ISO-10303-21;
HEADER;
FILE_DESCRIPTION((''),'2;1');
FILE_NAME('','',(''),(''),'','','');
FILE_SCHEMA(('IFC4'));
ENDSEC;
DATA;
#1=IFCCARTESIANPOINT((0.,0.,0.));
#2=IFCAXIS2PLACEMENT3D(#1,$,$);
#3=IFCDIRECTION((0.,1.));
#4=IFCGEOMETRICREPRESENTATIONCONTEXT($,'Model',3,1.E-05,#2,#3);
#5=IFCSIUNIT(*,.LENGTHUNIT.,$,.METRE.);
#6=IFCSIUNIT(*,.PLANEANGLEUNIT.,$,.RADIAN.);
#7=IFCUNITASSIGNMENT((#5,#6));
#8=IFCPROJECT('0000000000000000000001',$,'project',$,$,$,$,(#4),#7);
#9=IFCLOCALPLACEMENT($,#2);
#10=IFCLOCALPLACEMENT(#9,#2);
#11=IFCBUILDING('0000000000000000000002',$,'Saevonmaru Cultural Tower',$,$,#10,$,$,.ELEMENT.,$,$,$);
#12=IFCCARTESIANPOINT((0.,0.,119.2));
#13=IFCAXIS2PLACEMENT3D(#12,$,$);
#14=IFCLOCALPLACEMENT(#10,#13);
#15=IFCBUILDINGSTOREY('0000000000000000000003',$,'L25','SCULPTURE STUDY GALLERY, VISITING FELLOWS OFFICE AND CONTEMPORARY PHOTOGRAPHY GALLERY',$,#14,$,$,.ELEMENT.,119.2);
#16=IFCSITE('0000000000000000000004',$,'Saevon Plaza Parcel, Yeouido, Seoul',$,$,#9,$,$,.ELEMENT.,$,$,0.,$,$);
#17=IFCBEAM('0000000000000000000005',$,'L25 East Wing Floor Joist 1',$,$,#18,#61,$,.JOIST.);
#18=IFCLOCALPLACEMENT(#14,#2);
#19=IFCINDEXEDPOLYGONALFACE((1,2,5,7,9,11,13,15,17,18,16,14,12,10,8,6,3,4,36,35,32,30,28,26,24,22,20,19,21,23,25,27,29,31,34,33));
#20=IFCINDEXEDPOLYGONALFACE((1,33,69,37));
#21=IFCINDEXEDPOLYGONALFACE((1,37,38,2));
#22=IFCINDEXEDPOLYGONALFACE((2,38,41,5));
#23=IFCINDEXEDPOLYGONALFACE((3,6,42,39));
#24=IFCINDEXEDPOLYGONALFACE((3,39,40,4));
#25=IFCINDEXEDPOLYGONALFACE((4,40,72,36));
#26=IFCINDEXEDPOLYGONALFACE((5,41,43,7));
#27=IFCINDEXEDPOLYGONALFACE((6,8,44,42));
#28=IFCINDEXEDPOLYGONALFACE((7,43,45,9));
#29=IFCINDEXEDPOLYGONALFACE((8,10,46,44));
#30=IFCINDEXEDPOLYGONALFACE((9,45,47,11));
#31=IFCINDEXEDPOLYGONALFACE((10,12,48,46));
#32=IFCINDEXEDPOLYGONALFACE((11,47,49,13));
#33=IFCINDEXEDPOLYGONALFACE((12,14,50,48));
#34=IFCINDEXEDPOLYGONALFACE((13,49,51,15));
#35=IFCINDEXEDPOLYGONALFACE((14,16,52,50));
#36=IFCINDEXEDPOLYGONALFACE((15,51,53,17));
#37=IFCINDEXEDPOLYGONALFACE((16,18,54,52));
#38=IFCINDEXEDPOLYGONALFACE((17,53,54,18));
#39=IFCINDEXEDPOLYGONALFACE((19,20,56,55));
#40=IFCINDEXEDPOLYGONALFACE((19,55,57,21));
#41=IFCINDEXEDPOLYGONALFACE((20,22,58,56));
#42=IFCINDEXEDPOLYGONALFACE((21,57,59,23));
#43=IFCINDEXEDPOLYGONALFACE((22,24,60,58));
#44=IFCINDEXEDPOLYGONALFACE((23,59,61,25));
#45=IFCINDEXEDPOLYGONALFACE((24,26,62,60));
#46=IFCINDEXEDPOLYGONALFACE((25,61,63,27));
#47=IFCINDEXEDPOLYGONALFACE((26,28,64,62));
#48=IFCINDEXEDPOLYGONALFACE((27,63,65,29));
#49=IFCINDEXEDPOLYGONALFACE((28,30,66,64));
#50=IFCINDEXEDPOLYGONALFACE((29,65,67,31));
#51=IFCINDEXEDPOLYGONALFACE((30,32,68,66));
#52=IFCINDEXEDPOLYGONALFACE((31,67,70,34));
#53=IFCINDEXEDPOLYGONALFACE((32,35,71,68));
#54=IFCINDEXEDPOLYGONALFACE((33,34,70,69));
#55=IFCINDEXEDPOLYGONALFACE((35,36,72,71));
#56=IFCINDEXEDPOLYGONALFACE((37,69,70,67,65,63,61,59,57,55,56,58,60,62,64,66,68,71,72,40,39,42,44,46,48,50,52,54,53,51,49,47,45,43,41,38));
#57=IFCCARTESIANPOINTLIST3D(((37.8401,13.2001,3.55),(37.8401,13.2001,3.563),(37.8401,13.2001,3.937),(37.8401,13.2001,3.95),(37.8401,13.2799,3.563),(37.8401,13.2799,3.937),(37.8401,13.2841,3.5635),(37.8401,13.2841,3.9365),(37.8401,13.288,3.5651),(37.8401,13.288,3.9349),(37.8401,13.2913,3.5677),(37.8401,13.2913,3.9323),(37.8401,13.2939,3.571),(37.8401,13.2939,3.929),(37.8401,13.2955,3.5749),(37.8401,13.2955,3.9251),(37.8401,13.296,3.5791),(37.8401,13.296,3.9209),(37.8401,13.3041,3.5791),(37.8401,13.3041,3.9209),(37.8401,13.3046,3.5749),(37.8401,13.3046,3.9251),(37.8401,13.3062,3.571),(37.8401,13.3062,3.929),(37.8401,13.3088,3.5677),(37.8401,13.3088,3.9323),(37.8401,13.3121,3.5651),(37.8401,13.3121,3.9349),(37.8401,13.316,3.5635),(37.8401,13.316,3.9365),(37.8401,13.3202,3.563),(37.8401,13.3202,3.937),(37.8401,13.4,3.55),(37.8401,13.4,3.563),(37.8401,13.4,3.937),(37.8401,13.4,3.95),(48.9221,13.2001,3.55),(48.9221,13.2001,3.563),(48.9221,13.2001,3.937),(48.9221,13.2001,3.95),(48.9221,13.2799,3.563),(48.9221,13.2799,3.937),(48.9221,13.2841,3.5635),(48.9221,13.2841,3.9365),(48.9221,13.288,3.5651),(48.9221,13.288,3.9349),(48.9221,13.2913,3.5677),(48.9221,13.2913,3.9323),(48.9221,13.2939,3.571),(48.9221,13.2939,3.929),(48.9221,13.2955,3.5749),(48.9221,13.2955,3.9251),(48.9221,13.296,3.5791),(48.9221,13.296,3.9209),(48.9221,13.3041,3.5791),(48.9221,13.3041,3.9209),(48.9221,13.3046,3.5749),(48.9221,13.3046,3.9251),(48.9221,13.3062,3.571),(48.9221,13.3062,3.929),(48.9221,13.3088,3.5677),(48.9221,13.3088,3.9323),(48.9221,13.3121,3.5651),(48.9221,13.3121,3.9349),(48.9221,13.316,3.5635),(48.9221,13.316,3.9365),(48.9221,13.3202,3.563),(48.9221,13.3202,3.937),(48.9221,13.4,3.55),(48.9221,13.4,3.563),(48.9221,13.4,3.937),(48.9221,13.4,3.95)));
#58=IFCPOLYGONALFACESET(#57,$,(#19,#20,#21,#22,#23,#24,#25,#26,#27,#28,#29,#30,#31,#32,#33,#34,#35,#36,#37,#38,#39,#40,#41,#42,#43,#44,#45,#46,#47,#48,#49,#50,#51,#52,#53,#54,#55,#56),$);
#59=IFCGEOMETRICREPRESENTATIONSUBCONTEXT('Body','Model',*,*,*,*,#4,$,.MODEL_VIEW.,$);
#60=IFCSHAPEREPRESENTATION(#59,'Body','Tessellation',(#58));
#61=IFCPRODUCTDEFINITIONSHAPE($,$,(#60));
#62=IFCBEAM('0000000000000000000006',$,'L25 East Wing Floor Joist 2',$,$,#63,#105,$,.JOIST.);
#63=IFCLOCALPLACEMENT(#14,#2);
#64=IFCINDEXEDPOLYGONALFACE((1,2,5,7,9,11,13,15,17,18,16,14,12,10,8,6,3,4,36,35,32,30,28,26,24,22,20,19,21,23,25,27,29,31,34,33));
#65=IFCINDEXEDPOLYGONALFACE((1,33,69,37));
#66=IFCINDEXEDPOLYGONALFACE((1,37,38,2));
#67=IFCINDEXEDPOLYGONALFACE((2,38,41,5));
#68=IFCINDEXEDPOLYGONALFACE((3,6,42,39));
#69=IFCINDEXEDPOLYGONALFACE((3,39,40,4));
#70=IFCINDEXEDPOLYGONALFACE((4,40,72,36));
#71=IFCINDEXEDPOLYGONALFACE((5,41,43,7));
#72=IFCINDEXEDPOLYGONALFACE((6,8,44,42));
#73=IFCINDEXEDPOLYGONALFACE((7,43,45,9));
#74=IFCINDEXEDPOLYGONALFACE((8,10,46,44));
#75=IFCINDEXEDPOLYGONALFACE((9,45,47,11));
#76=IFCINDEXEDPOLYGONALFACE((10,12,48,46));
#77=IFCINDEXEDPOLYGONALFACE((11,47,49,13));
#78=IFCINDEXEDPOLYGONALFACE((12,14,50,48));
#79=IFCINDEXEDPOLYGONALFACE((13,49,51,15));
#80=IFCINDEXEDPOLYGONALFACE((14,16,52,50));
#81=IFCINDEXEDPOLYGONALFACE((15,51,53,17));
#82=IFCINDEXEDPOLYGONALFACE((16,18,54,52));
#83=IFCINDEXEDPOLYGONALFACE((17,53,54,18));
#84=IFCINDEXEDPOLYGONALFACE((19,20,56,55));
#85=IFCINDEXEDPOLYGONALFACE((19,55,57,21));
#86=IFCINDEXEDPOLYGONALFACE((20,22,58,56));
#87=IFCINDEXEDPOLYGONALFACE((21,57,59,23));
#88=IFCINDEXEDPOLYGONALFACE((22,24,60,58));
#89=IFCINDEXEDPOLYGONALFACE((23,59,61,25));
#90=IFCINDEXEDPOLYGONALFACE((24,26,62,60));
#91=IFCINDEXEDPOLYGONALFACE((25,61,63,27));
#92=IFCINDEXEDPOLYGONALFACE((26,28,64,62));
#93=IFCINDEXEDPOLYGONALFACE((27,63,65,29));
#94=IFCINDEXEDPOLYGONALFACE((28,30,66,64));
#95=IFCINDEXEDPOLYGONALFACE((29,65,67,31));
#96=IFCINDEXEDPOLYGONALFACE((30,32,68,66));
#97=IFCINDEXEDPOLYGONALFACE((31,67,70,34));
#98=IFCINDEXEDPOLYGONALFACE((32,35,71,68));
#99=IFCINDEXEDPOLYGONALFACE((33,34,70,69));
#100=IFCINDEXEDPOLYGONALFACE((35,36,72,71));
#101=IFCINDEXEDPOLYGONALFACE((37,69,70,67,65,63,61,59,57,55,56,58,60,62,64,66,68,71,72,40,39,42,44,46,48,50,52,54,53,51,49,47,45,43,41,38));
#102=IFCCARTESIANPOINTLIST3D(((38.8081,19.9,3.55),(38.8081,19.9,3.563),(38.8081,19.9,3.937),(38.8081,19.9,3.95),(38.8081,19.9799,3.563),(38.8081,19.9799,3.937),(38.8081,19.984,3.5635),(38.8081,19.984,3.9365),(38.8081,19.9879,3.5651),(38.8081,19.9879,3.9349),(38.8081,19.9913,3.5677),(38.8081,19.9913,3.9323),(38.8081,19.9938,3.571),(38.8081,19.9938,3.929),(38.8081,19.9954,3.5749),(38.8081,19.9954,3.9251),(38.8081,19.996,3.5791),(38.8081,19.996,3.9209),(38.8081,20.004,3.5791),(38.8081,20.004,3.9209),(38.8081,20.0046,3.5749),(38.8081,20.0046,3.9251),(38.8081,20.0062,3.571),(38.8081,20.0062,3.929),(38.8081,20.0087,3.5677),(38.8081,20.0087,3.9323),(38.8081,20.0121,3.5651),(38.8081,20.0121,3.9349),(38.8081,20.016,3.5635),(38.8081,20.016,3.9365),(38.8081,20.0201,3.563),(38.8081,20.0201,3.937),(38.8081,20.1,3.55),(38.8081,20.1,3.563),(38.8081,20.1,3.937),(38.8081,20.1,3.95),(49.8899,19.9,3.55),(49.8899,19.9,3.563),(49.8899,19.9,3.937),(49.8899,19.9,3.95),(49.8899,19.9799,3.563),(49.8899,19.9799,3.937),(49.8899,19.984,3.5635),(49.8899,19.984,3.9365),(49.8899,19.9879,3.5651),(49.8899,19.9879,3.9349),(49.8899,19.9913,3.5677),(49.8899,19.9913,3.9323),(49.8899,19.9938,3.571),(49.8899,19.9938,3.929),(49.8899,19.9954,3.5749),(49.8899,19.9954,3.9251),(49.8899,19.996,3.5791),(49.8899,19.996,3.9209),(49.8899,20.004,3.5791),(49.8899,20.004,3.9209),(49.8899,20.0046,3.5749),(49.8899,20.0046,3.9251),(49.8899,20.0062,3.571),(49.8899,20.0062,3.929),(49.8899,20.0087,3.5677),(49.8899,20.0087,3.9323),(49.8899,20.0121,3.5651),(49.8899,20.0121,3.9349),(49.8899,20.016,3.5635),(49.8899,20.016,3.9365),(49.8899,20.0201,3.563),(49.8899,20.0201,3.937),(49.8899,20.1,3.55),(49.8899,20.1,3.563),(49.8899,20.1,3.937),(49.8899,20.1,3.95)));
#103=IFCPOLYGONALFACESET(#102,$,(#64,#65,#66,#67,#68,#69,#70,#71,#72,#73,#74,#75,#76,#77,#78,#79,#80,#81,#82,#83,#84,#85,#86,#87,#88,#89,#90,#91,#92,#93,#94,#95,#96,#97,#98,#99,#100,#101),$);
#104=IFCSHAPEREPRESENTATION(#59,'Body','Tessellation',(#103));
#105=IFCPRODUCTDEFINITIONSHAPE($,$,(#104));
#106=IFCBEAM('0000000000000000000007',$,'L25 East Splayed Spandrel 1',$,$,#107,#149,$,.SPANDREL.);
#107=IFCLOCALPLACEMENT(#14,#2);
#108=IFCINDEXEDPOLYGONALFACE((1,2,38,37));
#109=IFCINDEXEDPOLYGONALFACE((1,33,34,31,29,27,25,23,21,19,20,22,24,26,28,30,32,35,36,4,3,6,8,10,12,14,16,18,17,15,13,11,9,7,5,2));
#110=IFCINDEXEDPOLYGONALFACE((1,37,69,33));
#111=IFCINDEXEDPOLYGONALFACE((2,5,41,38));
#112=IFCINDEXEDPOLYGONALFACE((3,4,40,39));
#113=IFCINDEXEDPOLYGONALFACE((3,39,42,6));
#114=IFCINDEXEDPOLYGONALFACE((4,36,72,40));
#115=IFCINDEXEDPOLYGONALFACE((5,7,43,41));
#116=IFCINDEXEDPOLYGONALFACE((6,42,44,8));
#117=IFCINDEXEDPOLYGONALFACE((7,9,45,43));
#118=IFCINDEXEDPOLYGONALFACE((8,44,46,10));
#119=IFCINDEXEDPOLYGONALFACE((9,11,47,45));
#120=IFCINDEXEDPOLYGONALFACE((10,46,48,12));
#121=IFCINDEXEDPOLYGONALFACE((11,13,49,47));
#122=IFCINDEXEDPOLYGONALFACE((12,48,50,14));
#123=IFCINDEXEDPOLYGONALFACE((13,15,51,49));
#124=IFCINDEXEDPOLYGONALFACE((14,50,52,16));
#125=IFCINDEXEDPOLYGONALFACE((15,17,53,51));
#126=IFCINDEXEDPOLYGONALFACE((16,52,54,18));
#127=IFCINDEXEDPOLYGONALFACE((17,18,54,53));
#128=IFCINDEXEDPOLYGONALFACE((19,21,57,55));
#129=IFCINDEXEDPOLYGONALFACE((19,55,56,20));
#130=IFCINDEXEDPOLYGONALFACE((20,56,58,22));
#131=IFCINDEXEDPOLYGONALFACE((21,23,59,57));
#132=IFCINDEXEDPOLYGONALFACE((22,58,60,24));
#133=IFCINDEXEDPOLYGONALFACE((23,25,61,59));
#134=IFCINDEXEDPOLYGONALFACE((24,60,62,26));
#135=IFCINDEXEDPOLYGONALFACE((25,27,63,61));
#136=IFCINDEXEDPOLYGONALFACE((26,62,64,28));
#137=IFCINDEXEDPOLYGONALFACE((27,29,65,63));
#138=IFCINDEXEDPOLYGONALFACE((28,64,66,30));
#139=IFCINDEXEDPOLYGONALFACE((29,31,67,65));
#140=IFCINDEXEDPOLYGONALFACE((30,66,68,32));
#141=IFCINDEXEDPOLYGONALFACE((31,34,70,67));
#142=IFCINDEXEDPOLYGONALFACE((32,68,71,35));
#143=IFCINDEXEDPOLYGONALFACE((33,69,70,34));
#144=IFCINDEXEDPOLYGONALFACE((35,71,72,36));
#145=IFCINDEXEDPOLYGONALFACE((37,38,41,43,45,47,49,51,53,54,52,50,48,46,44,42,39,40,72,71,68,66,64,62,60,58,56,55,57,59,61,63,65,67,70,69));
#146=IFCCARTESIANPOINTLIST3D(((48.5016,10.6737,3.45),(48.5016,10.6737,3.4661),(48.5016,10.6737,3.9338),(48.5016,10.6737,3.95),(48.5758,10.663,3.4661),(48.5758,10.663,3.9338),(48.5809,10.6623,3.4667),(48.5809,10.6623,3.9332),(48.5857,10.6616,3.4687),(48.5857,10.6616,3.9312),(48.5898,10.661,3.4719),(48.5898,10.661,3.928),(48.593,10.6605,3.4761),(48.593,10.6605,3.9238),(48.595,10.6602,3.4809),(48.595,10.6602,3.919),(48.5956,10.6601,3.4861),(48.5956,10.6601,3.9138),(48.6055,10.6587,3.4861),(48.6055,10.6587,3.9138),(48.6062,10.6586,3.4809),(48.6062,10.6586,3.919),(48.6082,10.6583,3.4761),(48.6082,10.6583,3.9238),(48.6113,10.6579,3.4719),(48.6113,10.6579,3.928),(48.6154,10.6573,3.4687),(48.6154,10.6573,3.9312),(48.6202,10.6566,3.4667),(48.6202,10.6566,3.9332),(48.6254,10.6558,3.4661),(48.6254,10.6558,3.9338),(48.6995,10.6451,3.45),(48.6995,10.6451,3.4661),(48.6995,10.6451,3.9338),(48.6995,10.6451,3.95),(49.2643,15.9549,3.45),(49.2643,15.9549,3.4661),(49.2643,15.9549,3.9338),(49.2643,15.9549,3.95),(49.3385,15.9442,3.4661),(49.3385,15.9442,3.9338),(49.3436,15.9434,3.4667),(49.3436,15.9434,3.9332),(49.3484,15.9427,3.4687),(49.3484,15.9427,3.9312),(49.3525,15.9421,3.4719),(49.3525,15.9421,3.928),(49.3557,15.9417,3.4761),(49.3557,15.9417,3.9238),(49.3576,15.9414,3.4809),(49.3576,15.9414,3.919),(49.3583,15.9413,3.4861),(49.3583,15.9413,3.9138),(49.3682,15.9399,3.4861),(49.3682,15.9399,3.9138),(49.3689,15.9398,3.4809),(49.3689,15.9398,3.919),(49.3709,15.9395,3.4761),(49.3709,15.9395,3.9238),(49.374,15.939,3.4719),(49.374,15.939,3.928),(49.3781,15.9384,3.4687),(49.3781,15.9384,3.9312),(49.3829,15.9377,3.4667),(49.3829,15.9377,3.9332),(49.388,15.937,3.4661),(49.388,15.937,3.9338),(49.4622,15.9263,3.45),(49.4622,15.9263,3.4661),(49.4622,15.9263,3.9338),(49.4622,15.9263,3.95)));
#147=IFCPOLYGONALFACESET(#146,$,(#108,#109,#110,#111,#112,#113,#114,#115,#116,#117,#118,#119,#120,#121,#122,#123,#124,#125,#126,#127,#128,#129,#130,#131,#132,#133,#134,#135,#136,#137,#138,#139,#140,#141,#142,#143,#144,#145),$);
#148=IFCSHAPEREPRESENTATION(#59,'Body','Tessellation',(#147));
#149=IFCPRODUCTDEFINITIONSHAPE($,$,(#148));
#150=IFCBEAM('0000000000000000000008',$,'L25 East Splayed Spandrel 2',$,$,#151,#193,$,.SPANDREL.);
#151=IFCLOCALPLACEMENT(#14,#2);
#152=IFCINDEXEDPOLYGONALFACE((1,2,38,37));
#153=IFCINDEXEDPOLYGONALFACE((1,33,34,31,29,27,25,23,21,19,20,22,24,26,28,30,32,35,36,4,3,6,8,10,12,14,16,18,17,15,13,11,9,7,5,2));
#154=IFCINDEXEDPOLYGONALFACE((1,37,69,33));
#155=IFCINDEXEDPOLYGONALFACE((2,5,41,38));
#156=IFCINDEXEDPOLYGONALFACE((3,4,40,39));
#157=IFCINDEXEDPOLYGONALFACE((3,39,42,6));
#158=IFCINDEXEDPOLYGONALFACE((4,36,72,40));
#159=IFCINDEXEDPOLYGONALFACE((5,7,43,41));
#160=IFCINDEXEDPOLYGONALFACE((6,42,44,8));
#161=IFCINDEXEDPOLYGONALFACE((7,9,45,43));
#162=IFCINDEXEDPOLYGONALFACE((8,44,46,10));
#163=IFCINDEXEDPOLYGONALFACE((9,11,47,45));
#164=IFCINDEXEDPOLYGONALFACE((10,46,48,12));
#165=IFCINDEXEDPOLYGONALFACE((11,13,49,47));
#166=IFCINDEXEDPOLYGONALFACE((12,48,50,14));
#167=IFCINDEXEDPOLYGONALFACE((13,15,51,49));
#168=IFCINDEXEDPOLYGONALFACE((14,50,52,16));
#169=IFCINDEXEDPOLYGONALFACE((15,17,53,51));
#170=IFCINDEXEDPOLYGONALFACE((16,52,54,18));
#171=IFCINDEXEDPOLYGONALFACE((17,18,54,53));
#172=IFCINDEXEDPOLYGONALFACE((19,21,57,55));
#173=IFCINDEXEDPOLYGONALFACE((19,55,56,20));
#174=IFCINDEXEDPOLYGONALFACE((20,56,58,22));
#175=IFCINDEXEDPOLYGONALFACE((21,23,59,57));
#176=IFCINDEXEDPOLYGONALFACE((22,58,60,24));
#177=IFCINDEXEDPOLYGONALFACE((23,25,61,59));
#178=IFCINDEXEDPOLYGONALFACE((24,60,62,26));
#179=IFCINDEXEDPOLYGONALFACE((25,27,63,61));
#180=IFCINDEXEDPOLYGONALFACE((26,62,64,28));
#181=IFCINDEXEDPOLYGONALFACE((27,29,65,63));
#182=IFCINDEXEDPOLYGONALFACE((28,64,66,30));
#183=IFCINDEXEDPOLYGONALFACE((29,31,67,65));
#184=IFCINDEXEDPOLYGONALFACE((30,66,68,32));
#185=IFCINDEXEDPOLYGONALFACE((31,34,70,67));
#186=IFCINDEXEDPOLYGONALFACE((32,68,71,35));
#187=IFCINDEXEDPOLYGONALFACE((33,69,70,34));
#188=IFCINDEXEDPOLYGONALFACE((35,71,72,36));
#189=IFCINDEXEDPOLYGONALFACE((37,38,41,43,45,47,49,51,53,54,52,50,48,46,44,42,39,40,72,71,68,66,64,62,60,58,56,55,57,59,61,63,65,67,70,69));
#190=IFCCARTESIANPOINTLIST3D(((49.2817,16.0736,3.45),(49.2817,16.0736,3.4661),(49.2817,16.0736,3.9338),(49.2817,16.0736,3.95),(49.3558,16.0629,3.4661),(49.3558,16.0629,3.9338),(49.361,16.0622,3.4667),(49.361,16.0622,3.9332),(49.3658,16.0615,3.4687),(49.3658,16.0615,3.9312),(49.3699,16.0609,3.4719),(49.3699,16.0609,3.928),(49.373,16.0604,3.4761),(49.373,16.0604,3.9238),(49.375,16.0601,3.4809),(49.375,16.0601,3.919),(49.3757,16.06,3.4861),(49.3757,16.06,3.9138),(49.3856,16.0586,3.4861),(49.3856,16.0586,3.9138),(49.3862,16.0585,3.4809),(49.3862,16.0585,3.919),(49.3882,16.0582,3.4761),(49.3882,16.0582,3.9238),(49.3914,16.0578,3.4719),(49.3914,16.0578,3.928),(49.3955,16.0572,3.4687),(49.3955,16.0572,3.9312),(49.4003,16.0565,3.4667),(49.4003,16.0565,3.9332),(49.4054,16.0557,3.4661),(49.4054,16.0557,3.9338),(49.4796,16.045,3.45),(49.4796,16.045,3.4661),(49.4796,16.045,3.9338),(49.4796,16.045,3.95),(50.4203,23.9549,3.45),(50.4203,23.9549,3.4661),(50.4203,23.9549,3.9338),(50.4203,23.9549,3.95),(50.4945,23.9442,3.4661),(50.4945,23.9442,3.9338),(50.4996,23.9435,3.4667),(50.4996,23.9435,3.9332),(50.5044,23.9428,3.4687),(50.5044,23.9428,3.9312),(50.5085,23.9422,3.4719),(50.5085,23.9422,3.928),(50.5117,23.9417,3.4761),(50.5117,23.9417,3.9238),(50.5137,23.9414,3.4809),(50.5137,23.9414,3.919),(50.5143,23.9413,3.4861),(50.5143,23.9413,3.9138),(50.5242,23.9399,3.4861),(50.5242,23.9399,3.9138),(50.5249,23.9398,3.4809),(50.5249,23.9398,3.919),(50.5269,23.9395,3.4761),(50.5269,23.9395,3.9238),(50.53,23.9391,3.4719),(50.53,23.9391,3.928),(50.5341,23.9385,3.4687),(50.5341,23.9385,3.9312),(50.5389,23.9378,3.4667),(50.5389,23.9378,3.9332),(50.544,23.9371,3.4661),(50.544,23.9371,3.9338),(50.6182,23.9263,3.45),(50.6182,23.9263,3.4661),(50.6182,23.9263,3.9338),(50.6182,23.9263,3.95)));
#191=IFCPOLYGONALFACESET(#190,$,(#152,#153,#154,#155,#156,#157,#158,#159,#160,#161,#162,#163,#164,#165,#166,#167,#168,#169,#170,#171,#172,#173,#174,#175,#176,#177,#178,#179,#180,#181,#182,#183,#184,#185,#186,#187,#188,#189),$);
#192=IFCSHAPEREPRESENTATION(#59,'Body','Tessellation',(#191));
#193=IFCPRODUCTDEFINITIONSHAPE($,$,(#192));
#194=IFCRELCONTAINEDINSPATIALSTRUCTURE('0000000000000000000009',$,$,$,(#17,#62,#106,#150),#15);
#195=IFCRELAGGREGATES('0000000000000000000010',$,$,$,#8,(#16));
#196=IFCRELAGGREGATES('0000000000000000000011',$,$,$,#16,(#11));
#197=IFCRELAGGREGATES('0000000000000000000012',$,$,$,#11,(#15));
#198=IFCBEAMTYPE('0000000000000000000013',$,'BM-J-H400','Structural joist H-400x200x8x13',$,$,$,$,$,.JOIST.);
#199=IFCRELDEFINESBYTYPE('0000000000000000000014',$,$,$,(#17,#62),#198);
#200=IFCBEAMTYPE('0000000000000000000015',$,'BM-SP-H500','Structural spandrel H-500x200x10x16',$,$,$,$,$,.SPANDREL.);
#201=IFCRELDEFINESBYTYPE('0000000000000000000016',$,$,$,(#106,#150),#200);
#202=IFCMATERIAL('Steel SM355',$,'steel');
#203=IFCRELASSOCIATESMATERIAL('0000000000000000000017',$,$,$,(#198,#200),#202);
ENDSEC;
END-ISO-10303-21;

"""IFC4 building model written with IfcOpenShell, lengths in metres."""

from ifc_helpers import new_model, si_unit, direction, frame, origin, origin_2d, place, context, subcontext, project, spatial, i_section, extrude, material, material_profile, profile_set, type_object, element, save


model = new_model("IFC4")

# Units and contexts
model_context = context("Model", 3, precision=1e-05, world=origin(), true_north=direction((0.0, 1.0)))
body_context = subcontext(model_context, "Body", "Model", "MODEL_VIEW")
ifc_project = project(units=[si_unit("LENGTHUNIT", "METRE"), si_unit("PLANEANGLEUNIT", "RADIAN")], contexts=[model_context])

# Site, building, storey
site_placement = place(None, origin())
site = spatial("IfcSite", under=ifc_project, at=site_placement, Name="Saevon Plaza Parcel, Yeouido, Seoul", CompositionType="ELEMENT", RefElevation=0.0)
building_placement = place(site_placement, origin())
building = spatial("IfcBuilding", under=site, at=building_placement, Name="Saevonmaru Cultural Tower", CompositionType="ELEMENT")
storey_placement = place(building_placement, frame((0.0, 0.0, 119.2)))
storey = spatial("IfcBuildingStorey", under=building, at=storey_placement, Name="L25", Description="SCULPTURE STUDY GALLERY, VISITING FELLOWS OFFICE AND CONTEMPORARY PHOTOGRAPHY GALLERY", CompositionType="ELEMENT", Elevation=119.2)

# Shared definitions
ifc_material_1 = material(Name="Steel SM355", Category="steel")

# Beams
ifc_material_profile_1 = material_profile(ifc_material_1, i_section(OverallWidth=0.2, OverallDepth=0.3999, WebThickness=0.0081, FlangeThickness=0.0129, FilletRadius=0.0161, at=origin_2d()), Name="H-400x200x8x13")
ifc_profile_set_1 = profile_set([ifc_material_profile_1], Name="Steel SM355")
beam_type_1 = type_object("IfcBeamType", Name="BM-J-H400", Description="Structural joist H-400x200x8x13", PredefinedType="JOIST", material=ifc_profile_set_1)
beam_1_placement = place(storey_placement, frame((37.8401, 13.3, 3.75), z_axis=(1.0, 0.0, 0.0), x_axis=(0.0, 1.0, 0.0)))
element("IfcBeam", 1, at=beam_1_placement, inside=storey, type_object=beam_type_1, Name="L25 East Wing Floor Joist 1", PredefinedType="JOIST", context=body_context, shape_type="SweptSolid", body=[
    extrude(i_section(OverallWidth=0.2, OverallDepth=0.3999, WebThickness=0.0081, FlangeThickness=0.0129, FilletRadius=0.0161, at=origin_2d()), origin(), (0.0, 0.0, 1.0), 11.082),
])
beam_2_placement = place(storey_placement, frame((38.8081, 20.0, 3.75), z_axis=(1.0, 0.0, 0.0), x_axis=(0.0, 1.0, 0.0)))
element("IfcBeam", 2, at=beam_2_placement, inside=storey, type_object=beam_type_1, Name="L25 East Wing Floor Joist 2", PredefinedType="JOIST", context=body_context, shape_type="SweptSolid", body=[
    extrude(i_section(OverallWidth=0.2, OverallDepth=0.3999, WebThickness=0.0081, FlangeThickness=0.0129, FilletRadius=0.0161, at=origin_2d()), origin(), (0.0, 0.0, 1.0), 11.0818),
])
ifc_material_profile_2 = material_profile(ifc_material_1, i_section(OverallWidth=0.2, OverallDepth=0.5, WebThickness=0.01, FlangeThickness=0.0161, FilletRadius=0.02, at=origin_2d()), Name="H-500x200x10x16")
ifc_profile_set_2 = profile_set([ifc_material_profile_2], Name="Steel SM355")
beam_type_2 = type_object("IfcBeamType", Name="BM-SP-H500", Description="Structural spandrel H-500x200x10x16", PredefinedType="SPANDREL", material=ifc_profile_set_2)
beam_3_placement = place(storey_placement, frame((48.6006, 10.6594, 3.7), z_axis=(0.142933, 0.989732, 0.0), x_axis=(-0.989732, 0.142933, 0.0)))
element("IfcBeam", 3, at=beam_3_placement, inside=storey, type_object=beam_type_2, Name="L25 East Splayed Spandrel 1", PredefinedType="SPANDREL", context=body_context, shape_type="SweptSolid", body=[
    extrude(i_section(OverallWidth=0.2, OverallDepth=0.5, WebThickness=0.01, FlangeThickness=0.0161, FilletRadius=0.02, at=origin_2d()), origin(), (0.0, 0.0, 1.0), 5.3359),
])
beam_4_placement = place(storey_placement, frame((49.3806, 16.0593, 3.7), z_axis=(0.142992, 0.989724, 0.0), x_axis=(-0.989724, 0.142992, 0.0)))
element("IfcBeam", 4, at=beam_4_placement, inside=storey, type_object=beam_type_2, Name="L25 East Splayed Spandrel 2", PredefinedType="SPANDREL", context=body_context, shape_type="SweptSolid", body=[
    extrude(i_section(OverallWidth=0.2, OverallDepth=0.5, WebThickness=0.01, FlangeThickness=0.0161, FilletRadius=0.02, at=origin_2d()), origin(), (0.0, 0.0, 1.0), 7.9631),
])

save(model, "model.ifc")
